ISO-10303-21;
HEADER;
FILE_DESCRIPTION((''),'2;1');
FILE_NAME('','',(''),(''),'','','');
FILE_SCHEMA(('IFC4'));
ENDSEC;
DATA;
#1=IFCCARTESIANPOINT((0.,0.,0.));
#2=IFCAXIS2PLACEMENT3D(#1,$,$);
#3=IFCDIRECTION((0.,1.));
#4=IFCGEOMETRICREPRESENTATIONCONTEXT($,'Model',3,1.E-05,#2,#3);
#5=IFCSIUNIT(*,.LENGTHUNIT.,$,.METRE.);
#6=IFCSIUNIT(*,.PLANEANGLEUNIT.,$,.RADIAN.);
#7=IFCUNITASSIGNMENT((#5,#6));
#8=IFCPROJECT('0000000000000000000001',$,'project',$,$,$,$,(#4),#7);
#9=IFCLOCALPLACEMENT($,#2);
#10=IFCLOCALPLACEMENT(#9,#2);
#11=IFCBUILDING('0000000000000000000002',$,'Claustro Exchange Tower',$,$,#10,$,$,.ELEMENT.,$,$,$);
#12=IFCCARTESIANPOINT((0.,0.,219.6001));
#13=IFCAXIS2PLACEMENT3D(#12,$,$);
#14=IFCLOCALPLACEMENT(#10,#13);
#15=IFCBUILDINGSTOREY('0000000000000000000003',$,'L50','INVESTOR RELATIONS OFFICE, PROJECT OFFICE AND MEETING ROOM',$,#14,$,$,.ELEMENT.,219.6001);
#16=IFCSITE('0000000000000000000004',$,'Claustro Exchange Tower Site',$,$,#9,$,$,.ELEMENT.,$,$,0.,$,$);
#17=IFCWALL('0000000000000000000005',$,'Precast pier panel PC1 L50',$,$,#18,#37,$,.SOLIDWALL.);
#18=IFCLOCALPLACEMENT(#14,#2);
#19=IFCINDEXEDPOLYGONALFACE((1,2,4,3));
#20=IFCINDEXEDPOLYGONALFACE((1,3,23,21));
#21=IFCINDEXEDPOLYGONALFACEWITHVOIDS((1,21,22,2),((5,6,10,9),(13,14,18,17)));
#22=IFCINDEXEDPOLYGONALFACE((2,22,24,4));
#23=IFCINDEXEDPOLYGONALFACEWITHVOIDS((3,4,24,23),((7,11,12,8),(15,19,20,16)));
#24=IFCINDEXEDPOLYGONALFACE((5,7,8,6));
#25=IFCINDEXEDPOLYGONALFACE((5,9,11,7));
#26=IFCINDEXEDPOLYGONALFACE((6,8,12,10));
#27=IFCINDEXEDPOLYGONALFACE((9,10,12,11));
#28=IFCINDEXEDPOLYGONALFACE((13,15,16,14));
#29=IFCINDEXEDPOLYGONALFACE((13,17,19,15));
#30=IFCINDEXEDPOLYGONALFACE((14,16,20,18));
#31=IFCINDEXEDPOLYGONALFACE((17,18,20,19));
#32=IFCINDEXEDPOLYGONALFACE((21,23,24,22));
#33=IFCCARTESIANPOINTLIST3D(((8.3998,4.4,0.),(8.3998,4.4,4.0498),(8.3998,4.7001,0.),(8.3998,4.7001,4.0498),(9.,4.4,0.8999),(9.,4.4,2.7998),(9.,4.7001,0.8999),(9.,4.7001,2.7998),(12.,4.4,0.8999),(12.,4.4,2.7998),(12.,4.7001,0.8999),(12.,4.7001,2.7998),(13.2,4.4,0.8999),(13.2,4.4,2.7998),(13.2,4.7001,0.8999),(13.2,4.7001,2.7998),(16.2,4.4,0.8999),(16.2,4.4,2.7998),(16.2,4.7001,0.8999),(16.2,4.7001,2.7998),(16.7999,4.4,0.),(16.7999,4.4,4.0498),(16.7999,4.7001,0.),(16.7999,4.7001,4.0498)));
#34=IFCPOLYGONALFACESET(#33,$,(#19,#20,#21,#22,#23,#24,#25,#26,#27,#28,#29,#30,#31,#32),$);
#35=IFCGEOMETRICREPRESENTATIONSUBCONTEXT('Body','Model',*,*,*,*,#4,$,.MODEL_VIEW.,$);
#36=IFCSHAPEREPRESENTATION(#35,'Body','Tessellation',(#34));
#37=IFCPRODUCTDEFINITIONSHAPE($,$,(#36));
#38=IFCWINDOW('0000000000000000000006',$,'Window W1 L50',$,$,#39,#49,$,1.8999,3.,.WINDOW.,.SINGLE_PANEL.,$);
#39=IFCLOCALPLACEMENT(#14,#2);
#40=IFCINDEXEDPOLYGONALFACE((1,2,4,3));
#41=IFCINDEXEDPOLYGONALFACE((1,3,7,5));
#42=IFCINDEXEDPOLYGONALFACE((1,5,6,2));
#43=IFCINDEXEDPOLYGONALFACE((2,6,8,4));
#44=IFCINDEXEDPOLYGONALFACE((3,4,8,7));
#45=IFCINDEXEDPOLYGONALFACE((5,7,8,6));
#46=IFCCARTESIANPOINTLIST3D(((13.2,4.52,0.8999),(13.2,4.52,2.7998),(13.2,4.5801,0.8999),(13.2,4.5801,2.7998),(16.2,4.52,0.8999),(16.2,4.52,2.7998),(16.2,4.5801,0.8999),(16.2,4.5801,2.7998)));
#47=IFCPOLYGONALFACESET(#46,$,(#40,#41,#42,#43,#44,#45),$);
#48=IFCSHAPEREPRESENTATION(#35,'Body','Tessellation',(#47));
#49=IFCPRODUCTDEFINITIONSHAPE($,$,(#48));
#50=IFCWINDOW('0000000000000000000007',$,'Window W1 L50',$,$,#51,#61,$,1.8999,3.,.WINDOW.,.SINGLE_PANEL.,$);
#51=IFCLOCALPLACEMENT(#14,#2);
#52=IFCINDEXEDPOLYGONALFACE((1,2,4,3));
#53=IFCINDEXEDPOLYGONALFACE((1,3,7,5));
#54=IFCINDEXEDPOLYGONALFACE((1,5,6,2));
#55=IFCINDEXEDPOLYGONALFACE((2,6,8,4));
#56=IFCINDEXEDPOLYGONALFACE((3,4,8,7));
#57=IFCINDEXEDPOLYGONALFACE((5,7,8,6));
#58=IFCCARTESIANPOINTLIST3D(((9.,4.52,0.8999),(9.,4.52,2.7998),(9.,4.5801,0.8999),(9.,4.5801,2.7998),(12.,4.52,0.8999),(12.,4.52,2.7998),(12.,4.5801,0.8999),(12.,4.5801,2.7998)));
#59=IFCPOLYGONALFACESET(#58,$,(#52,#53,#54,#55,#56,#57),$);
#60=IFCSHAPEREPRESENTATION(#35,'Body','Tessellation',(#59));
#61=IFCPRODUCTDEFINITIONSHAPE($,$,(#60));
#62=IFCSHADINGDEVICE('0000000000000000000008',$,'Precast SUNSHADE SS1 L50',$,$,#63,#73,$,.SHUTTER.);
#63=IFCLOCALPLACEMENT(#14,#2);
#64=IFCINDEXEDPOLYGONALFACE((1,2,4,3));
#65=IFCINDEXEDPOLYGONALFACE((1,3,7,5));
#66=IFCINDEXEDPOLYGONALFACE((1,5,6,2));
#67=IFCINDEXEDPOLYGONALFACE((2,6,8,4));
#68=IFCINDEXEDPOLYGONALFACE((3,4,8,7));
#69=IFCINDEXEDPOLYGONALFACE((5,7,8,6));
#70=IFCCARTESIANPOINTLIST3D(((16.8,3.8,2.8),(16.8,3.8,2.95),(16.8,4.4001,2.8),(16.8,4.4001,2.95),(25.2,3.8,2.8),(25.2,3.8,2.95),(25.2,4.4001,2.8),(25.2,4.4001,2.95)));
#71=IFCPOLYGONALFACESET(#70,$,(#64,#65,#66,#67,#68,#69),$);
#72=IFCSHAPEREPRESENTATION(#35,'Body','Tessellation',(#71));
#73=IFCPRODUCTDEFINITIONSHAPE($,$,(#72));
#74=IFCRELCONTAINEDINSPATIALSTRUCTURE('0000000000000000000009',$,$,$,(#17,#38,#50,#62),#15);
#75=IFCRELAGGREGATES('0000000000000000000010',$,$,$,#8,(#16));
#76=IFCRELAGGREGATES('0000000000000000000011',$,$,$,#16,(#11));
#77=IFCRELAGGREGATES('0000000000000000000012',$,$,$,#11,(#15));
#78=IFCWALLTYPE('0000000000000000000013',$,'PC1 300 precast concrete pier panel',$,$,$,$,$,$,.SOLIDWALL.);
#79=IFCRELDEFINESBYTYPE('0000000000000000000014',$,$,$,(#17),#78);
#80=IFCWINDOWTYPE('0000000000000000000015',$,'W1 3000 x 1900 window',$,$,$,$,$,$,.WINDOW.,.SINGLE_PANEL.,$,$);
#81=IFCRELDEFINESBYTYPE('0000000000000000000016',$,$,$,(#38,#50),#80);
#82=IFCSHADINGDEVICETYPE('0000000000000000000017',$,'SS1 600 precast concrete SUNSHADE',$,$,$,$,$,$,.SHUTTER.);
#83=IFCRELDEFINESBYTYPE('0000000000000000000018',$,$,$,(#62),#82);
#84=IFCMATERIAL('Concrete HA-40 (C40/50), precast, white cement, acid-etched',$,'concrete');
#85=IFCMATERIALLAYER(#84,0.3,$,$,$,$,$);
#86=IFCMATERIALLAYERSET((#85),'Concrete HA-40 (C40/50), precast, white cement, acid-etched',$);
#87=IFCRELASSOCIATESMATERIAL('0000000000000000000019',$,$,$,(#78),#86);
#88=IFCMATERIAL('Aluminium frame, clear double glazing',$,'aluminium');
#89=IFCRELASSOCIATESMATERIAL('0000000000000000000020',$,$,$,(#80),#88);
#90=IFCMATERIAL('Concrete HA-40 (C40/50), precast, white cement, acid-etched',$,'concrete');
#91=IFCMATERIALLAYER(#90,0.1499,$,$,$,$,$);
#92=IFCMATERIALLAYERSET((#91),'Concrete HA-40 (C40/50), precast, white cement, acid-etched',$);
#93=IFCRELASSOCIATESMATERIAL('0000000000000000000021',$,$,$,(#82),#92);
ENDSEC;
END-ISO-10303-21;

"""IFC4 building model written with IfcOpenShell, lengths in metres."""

from ifc_helpers import new_model, si_unit, direction, frame, frame_2d, origin, origin_2d, place, context, subcontext, project, spatial, rectangle, extrude, material, layer, layer_set, type_object, element, fill, save


model = new_model("IFC4")

# Units and contexts
model_context = context("Model", 3, precision=1e-05, world=origin(), true_north=direction((0.0, 1.0)))
body_context = subcontext(model_context, "Body", "Model", "MODEL_VIEW")
ifc_project = project(units=[si_unit("LENGTHUNIT", "METRE"), si_unit("PLANEANGLEUNIT", "RADIAN")], contexts=[model_context])

# Site, building, storey
site_placement = place(None, origin())
site = spatial("IfcSite", under=ifc_project, at=site_placement, Name="Claustro Exchange Tower Site", CompositionType="ELEMENT", RefElevation=0.0)
building_placement = place(site_placement, origin())
building = spatial("IfcBuilding", under=site, at=building_placement, Name="Claustro Exchange Tower", CompositionType="ELEMENT")
storey_placement = place(building_placement, frame((0.0, 0.0, 219.6001)))
storey = spatial("IfcBuildingStorey", under=building, at=storey_placement, Name="L50", Description="INVESTOR RELATIONS OFFICE, PROJECT OFFICE AND MEETING ROOM", CompositionType="ELEMENT", Elevation=219.6001)

# Wall, openings, windows
ifc_material_1 = material(Name="Concrete HA-40 (C40/50), precast, white cement, acid-etched", Category="concrete")
ifc_layer_1 = layer(ifc_material_1, 0.3)
ifc_layer_set_1 = layer_set([ifc_layer_1], Name="Concrete HA-40 (C40/50), precast, white cement, acid-etched")
wall_type_1 = type_object("IfcWallType", Name="PC1 300 precast concrete pier panel", PredefinedType="SOLIDWALL", material=ifc_layer_set_1)
ifc_material_2 = material(Name="Aluminium frame, clear double glazing", Category="aluminium")
window_type = type_object("IfcWindowType", Name="W1 3000 x 1900 window", PartitioningType="SINGLE_PANEL", PredefinedType="WINDOW", material=ifc_material_2)
wall_1_placement = place(storey_placement, frame((16.8, 4.55, 0.0), z_axis=(0.0, 0.0, 1.0), x_axis=(-1.0, 0.0, 0.0)))
wall_1 = element("IfcWall", 1, at=wall_1_placement, inside=storey, type_object=wall_type_1, Name="Precast pier panel PC1 L50", PredefinedType="SOLIDWALL", context=body_context, shape_type="SweptSolid", body=[
    extrude(rectangle(XDim=8.4001, YDim=0.3, at=frame_2d((4.2002, 0.0))), origin(), (0.0, 0.0, 1.0), 4.0498),
])
opening_1_placement = place(wall_1_placement, frame((0.6001, 0.0, 0.8999)))
opening_1 = element("IfcOpeningElement", 2, at=opening_1_placement, cuts=wall_1, PredefinedType="OPENING", context=body_context, shape_type="SweptSolid", body=[
    extrude(rectangle(XDim=3.0, YDim=1.8999, at=frame_2d((1.5, 0.95))), frame((0.0, 0.1599, 0.0), z_axis=(0.0, -1.0, 0.0), x_axis=(1.0, 0.0, 0.0)), (0.0, 0.0, 1.0), 0.3201),
])
opening_2_placement = place(wall_1_placement, frame((4.8, 0.0, 0.8999)))
opening_2 = element("IfcOpeningElement", 3, at=opening_2_placement, cuts=wall_1, PredefinedType="OPENING", context=body_context, shape_type="SweptSolid", body=[
    extrude(rectangle(XDim=3.0, YDim=1.8999, at=frame_2d((1.5, 0.95))), frame((0.0, 0.1599, 0.0), z_axis=(0.0, -1.0, 0.0), x_axis=(1.0, 0.0, 0.0)), (0.0, 0.0, 1.0), 0.3201),
])
window_1_placement = place(opening_1_placement, origin())
window_1 = element("IfcWindow", 4, at=window_1_placement, inside=storey, type_object=window_type, Name="Window W1 L50", OverallHeight=1.8999, OverallWidth=3.0, PartitioningType="SINGLE_PANEL", PredefinedType="WINDOW", context=body_context, shape_type="SweptSolid", body=[
    extrude(rectangle(XDim=3.0, YDim=1.8999, at=frame_2d((1.5, 0.95))), frame((0.0, 0.03, 0.0), z_axis=(0.0, -1.0, 0.0), x_axis=(1.0, 0.0, 0.0)), (0.0, 0.0, 1.0), 0.0601),
])
fill(opening_1, window_1)
window_2_placement = place(opening_2_placement, origin())
window_2 = element("IfcWindow", 5, at=window_2_placement, inside=storey, type_object=window_type, Name="Window W1 L50", OverallHeight=1.8999, OverallWidth=3.0, PartitioningType="SINGLE_PANEL", PredefinedType="WINDOW", context=body_context, shape_type="SweptSolid", body=[
    extrude(rectangle(XDim=3.0, YDim=1.8999, at=frame_2d((1.5, 0.95))), frame((0.0, 0.03, 0.0), z_axis=(0.0, -1.0, 0.0), x_axis=(1.0, 0.0, 0.0)), (0.0, 0.0, 1.0), 0.0601),
])
fill(opening_2, window_2)

# Shading device
ifc_material_3 = material(Name="Concrete HA-40 (C40/50), precast, white cement, acid-etched", Category="concrete")
ifc_layer_2 = layer(ifc_material_3, 0.1499)
ifc_layer_set_2 = layer_set([ifc_layer_2], Name="Concrete HA-40 (C40/50), precast, white cement, acid-etched")
shading_device_type = type_object("IfcShadingDeviceType", Name="SS1 600 precast concrete SUNSHADE", PredefinedType="SHUTTER", material=ifc_layer_set_2)
shading_device_placement = place(storey_placement, frame((21.0, 4.1001, 2.8), z_axis=(0.0, 0.0, 1.0), x_axis=(-1.0, 0.0, 0.0)))
element("IfcShadingDevice", 6, at=shading_device_placement, inside=storey, type_object=shading_device_type, Name="Precast SUNSHADE SS1 L50", PredefinedType="SHUTTER", context=body_context, shape_type="SweptSolid", body=[
    extrude(rectangle(XDim=8.3999, YDim=0.6001, at=origin_2d()), origin(), (0.0, 0.0, 1.0), 0.1499),
])

save(model, "model.ifc")
